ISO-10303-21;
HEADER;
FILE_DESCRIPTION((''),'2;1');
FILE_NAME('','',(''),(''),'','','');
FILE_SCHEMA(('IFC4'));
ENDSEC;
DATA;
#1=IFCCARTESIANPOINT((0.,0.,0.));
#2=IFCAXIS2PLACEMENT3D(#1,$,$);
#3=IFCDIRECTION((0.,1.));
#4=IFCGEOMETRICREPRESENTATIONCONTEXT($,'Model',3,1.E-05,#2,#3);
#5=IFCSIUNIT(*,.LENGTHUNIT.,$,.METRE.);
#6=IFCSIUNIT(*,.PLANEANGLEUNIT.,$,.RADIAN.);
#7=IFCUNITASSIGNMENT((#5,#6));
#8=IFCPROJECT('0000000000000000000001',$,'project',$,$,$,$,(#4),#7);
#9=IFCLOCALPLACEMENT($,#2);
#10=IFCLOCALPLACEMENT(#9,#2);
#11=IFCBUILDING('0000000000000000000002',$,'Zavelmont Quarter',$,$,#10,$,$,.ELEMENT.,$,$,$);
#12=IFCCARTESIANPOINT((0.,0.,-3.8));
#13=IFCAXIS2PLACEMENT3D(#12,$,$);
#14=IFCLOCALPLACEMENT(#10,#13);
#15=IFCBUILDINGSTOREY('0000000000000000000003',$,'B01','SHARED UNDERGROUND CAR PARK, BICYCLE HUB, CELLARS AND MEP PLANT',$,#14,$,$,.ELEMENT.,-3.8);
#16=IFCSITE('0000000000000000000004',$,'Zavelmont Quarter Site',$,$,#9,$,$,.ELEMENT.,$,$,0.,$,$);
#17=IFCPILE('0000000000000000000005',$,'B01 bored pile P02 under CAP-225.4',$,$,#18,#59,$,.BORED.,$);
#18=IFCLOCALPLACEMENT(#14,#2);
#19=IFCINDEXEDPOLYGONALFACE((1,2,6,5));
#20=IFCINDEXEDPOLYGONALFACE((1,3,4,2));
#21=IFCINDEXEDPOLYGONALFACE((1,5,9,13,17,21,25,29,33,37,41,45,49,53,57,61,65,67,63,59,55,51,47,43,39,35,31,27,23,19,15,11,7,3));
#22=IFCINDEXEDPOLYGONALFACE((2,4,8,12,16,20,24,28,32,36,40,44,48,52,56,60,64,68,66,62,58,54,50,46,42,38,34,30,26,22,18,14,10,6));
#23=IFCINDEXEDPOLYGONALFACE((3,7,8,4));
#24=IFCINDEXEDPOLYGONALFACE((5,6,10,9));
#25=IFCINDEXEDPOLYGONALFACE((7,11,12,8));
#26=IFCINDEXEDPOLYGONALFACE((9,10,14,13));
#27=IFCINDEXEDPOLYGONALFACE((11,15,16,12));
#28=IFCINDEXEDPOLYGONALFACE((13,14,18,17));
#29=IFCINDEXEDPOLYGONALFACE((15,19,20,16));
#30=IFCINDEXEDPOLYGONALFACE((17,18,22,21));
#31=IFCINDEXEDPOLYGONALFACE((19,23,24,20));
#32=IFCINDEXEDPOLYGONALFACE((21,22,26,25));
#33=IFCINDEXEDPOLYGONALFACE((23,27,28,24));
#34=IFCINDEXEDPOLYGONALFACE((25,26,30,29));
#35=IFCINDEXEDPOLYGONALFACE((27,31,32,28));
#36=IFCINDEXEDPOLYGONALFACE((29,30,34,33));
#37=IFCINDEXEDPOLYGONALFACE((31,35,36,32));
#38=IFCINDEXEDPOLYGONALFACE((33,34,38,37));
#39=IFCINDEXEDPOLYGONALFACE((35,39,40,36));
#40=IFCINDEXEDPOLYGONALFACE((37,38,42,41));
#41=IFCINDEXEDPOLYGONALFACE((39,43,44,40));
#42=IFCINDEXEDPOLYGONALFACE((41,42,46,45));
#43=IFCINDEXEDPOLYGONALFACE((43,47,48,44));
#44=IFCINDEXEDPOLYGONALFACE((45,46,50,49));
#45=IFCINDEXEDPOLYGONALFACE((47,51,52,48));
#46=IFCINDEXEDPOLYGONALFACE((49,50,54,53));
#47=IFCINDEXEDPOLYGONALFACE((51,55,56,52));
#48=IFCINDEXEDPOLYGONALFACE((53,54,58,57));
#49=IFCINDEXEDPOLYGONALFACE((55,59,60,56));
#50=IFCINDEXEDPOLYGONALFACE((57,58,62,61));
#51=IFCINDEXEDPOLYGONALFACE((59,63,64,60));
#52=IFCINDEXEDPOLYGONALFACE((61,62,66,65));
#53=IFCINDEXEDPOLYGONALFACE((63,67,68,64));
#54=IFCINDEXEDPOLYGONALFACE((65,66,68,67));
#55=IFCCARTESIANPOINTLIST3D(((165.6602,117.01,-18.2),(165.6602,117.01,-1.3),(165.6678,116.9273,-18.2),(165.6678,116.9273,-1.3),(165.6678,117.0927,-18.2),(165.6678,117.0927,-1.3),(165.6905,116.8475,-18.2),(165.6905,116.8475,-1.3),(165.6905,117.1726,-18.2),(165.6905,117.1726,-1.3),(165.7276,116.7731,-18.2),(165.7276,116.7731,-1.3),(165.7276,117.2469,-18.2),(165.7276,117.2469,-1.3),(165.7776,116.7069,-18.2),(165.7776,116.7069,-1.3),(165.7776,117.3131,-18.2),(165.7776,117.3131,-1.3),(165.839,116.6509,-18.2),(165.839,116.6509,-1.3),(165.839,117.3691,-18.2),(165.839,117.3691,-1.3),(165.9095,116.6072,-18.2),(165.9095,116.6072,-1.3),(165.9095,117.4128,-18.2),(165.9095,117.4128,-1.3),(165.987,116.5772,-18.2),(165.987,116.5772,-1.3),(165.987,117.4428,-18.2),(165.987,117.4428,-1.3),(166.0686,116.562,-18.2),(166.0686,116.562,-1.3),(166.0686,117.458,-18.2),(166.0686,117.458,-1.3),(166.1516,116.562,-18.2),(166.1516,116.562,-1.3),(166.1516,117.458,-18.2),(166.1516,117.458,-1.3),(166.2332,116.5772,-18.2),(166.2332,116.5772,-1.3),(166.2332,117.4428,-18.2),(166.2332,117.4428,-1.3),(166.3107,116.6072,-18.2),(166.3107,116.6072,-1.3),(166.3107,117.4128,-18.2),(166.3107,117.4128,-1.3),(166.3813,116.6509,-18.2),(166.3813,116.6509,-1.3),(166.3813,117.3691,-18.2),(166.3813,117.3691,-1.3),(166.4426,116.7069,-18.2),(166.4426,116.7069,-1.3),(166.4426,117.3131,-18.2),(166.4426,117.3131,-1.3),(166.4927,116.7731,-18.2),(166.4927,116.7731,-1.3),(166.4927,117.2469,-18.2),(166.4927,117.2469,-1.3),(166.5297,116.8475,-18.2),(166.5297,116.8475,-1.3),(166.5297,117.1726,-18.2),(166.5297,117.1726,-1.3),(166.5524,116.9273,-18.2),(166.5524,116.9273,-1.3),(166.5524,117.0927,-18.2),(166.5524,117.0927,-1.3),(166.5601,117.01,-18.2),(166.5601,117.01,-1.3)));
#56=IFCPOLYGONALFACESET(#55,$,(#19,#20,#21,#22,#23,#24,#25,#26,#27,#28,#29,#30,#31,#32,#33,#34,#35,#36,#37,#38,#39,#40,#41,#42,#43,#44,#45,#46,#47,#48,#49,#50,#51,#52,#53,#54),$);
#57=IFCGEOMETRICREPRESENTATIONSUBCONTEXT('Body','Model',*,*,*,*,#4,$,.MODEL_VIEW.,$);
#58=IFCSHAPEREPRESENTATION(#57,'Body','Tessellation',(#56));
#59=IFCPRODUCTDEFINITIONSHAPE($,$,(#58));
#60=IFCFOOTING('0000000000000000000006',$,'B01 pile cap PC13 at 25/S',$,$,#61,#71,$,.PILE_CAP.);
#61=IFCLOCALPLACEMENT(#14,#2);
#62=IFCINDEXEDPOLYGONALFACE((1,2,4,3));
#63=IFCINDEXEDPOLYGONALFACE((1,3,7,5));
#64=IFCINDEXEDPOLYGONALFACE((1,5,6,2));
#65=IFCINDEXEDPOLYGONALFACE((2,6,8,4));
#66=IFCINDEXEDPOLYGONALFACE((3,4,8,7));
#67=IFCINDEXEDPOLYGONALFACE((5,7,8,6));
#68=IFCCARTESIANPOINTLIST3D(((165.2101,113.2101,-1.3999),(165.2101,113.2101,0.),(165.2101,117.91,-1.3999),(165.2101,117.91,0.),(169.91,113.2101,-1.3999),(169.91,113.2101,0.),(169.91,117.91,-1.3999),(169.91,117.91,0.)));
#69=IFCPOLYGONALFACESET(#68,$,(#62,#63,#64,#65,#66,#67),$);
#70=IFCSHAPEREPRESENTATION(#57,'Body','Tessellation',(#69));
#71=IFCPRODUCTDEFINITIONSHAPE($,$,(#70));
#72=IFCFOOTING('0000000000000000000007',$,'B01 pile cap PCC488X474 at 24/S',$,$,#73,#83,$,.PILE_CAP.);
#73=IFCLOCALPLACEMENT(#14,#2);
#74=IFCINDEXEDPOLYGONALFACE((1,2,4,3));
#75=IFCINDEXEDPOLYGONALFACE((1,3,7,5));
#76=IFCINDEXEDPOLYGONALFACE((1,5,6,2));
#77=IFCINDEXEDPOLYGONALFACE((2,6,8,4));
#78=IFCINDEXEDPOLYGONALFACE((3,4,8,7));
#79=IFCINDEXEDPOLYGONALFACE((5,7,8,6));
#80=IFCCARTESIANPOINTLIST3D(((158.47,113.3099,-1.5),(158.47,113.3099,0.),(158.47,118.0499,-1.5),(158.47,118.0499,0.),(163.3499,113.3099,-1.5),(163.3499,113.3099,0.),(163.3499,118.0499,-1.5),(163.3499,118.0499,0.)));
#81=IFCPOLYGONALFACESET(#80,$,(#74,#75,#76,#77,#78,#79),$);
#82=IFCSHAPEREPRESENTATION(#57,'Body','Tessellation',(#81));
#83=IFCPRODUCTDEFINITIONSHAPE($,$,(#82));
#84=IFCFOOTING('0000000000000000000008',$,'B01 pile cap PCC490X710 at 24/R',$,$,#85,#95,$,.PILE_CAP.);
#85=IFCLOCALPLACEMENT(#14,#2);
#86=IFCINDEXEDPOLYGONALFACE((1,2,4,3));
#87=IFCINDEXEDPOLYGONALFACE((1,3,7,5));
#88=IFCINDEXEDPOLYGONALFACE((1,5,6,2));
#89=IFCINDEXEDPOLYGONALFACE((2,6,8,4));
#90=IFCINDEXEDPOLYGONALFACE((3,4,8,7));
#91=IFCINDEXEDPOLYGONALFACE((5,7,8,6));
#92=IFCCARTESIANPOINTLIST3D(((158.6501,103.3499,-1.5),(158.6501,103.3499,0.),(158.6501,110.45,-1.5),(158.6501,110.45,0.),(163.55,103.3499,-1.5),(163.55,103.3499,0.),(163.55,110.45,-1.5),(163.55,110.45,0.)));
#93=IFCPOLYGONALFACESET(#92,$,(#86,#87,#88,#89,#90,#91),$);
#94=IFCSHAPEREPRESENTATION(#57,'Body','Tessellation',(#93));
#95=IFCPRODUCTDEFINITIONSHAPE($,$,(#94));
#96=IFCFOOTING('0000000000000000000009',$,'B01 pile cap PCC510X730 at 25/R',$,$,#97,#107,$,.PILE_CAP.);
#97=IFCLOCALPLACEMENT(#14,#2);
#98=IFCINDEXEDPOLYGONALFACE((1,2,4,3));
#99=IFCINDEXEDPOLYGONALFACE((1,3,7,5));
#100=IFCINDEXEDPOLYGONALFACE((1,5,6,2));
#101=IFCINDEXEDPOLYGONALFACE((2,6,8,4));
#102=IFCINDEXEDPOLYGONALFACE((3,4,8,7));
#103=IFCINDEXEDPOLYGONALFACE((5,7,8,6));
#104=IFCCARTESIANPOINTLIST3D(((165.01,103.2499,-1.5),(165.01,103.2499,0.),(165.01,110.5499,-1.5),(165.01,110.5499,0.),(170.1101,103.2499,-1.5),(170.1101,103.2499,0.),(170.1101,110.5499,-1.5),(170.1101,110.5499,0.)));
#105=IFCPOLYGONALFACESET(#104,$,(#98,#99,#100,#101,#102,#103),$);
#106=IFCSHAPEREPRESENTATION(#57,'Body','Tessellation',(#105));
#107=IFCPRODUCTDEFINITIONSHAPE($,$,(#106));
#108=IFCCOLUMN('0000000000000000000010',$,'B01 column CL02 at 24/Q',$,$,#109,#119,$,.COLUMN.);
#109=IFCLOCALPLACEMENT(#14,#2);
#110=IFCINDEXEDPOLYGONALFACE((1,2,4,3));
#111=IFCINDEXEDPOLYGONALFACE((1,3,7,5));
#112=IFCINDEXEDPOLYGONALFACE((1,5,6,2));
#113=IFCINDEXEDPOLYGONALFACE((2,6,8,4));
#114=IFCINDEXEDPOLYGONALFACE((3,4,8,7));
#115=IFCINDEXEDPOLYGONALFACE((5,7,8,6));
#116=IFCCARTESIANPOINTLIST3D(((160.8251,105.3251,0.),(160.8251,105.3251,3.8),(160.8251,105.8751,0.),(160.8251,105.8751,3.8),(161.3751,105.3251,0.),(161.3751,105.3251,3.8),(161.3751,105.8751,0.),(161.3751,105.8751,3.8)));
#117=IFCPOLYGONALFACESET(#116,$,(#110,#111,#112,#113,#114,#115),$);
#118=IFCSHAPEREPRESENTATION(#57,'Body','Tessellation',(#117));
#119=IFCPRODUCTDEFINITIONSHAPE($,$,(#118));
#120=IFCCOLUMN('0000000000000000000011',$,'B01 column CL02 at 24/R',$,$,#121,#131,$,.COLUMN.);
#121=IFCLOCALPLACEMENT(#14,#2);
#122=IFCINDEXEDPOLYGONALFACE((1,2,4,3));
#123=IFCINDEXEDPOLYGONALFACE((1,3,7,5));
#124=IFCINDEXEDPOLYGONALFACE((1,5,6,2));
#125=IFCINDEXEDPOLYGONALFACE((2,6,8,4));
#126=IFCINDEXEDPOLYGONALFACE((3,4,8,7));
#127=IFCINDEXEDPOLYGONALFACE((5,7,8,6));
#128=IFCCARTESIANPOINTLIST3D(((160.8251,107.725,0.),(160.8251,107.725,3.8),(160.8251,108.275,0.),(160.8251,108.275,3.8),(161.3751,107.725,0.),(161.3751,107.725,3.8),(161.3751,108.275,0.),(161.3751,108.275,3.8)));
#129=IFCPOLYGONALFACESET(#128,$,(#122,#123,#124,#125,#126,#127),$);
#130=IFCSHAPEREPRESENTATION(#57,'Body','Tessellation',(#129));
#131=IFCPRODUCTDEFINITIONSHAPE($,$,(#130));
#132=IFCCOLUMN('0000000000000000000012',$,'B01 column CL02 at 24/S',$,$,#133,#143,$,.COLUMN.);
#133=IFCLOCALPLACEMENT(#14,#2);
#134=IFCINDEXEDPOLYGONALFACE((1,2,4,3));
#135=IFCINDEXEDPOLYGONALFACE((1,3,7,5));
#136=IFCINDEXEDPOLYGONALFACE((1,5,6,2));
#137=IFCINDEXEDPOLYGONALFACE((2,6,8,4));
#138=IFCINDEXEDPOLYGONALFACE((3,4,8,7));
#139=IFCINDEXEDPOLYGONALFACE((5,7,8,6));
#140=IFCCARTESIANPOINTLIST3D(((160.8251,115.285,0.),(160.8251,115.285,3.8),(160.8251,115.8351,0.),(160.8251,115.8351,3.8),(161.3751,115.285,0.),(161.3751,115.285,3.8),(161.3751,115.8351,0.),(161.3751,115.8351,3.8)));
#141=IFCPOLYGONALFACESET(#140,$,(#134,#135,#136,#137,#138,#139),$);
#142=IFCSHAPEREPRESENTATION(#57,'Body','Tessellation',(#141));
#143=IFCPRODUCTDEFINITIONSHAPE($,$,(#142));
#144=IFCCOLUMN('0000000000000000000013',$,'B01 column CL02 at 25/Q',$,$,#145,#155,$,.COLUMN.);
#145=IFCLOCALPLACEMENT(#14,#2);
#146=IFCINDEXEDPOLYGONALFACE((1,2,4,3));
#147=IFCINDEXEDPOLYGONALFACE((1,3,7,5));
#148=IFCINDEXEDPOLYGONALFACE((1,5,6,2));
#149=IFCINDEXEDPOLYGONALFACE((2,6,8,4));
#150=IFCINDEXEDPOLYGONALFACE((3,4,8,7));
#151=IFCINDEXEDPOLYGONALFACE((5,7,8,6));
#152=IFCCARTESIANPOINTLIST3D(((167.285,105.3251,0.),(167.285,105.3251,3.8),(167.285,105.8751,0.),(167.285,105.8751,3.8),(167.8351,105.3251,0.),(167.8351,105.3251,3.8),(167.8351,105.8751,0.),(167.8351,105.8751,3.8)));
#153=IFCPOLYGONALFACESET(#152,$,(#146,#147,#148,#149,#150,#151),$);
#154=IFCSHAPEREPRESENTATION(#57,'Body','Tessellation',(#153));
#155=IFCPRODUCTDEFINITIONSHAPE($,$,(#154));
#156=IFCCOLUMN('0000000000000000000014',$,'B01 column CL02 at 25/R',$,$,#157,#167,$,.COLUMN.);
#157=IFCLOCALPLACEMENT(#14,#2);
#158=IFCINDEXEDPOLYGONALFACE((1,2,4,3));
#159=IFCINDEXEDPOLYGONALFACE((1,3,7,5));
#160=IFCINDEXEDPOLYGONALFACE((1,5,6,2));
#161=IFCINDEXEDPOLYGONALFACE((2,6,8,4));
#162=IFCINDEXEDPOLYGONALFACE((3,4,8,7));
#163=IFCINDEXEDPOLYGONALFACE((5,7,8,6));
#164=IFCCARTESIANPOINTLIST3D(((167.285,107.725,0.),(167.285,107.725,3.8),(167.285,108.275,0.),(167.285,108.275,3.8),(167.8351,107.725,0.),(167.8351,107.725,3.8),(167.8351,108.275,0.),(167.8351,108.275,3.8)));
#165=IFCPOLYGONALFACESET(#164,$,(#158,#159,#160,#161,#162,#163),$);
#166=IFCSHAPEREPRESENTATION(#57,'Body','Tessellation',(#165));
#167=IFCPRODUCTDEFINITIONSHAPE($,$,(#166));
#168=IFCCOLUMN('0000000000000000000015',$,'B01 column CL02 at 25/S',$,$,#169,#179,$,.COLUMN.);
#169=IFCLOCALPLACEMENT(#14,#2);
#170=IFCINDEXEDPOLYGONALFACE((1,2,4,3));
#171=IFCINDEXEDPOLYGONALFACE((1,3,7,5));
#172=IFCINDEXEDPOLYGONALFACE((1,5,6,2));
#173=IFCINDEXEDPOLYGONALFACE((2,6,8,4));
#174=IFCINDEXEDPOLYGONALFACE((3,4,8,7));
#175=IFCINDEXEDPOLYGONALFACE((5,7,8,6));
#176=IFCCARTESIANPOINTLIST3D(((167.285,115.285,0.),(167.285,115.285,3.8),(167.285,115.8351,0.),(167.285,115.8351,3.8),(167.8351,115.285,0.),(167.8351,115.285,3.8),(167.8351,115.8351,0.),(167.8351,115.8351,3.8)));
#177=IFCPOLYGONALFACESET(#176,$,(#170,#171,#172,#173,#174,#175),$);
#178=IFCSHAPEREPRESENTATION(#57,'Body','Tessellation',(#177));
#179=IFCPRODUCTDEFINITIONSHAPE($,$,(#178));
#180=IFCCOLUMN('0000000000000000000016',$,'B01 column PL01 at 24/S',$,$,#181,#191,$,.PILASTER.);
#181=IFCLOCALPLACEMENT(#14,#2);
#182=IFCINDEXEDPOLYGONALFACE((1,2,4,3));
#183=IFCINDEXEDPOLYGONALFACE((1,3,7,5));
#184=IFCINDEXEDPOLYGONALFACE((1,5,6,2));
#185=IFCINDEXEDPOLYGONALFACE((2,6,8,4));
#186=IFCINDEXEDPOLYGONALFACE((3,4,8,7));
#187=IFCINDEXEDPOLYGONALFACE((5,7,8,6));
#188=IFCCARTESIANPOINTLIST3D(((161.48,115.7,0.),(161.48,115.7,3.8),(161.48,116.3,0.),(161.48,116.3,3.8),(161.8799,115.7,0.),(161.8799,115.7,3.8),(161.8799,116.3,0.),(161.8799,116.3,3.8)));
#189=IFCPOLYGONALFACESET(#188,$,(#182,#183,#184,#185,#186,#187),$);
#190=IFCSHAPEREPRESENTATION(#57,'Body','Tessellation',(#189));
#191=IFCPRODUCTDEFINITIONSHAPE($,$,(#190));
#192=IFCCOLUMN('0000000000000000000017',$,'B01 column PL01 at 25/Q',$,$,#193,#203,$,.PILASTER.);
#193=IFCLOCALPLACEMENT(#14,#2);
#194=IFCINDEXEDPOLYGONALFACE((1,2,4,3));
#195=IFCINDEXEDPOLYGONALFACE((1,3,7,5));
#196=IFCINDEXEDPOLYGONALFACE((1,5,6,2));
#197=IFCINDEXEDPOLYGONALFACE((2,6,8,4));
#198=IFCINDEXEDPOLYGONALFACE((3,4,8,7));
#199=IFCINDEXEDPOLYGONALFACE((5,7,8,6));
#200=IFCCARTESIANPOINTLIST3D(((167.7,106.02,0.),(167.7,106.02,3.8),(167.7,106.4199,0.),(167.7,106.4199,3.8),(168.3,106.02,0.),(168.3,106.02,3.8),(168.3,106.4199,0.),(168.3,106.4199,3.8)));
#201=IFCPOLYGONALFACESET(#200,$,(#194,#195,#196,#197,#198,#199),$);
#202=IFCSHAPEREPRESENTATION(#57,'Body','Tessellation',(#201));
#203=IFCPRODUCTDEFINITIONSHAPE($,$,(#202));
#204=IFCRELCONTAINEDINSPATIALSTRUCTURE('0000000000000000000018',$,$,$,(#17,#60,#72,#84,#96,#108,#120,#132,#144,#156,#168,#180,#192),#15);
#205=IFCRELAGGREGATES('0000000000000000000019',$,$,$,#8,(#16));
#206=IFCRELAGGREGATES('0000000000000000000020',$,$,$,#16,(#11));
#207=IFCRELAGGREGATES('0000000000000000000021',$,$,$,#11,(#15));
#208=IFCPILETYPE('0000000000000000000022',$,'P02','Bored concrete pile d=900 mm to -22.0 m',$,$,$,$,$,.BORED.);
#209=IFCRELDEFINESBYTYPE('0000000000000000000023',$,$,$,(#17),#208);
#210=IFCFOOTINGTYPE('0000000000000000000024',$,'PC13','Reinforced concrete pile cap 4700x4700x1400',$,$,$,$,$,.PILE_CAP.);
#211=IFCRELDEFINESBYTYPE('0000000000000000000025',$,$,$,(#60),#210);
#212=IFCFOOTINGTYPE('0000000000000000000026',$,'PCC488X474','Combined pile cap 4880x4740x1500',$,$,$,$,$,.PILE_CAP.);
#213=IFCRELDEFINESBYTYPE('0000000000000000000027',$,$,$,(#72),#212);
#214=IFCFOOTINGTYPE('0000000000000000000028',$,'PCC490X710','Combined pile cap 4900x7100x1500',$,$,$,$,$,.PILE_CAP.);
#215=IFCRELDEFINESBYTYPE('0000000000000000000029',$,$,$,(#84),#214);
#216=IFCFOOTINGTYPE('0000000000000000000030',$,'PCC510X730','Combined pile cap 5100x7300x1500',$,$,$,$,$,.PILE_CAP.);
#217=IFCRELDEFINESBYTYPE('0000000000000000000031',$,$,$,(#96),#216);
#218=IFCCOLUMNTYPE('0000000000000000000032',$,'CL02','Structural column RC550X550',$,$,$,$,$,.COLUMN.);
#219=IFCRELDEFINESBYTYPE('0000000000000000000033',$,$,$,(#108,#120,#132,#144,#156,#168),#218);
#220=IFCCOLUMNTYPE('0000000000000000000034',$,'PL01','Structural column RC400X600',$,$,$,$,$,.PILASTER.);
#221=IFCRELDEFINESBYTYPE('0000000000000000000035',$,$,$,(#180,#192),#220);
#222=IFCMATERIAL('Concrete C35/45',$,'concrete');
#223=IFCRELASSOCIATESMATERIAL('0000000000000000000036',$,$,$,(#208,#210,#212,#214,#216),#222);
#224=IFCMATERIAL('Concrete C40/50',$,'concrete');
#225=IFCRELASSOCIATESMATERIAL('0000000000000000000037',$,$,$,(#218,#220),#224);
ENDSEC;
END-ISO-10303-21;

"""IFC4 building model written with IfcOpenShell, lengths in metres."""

from ifc_helpers import new_model, si_unit, direction, frame, origin, origin_2d, place, context, subcontext, project, spatial, rectangle, circle, extrude, material, material_profile, profile_set, type_object, element, save


model = new_model("IFC4")

# Units and contexts
model_context = context("Model", 3, precision=1e-05, world=origin(), true_north=direction((0.0, 1.0)))
body_context = subcontext(model_context, "Body", "Model", "MODEL_VIEW")
ifc_project = project(units=[si_unit("LENGTHUNIT", "METRE"), si_unit("PLANEANGLEUNIT", "RADIAN")], contexts=[model_context])

# Site, building, storey
site_placement = place(None, origin())
site = spatial("IfcSite", under=ifc_project, at=site_placement, Name="Zavelmont Quarter Site", CompositionType="ELEMENT", RefElevation=0.0)
building_placement = place(site_placement, origin())
building = spatial("IfcBuilding", under=site, at=building_placement, Name="Zavelmont Quarter", CompositionType="ELEMENT")
storey_placement = place(building_placement, frame((0.0, 0.0, -3.8)))
storey = spatial("IfcBuildingStorey", under=building, at=storey_placement, Name="B01", Description="SHARED UNDERGROUND CAR PARK, BICYCLE HUB, CELLARS AND MEP PLANT", CompositionType="ELEMENT", Elevation=-3.8)

# Shared definitions
ifc_material_1 = material(Name="Concrete C35/45", Category="concrete")

# Pile
ifc_material_profile_1 = material_profile(ifc_material_1, circle(Radius=0.45, at=origin_2d()), Name="BP900")
ifc_profile_set_1 = profile_set([ifc_material_profile_1], Name="Concrete C35/45")
pile_type_1 = type_object("IfcPileType", Name="P02", Description="Bored concrete pile d=900 mm to -22.0 m", PredefinedType="BORED", material=ifc_profile_set_1)
for number, where, z_axis, x_axis, name in (
    (1, (166.1101, 117.01, -1.3), (0.0, 0.0, -1.0), (1.0, 0.0, 0.0), "B01 bored pile P02 under CAP-225.4"),
):
    element("IfcPile", number, at=place(storey_placement, frame(where, z_axis=z_axis, x_axis=x_axis)), inside=storey, type_object=pile_type_1, Name=name, PredefinedType="BORED", context=body_context, shape_type="SweptSolid", body=[
        extrude(circle(Radius=0.45, at=origin_2d()), origin(), (0.0, 0.0, 1.0), 16.8999),
    ])

# Footings
footing_type_1 = type_object("IfcFootingType", Name="PC13", Description="Reinforced concrete pile cap 4700x4700x1400", PredefinedType="PILE_CAP", material=ifc_material_1)
footing_1_placement = place(storey_placement, frame((167.5601, 115.5601, -1.3999), z_axis=(0.0, 0.0, 1.0), x_axis=(1.0, 0.0, 0.0)))
element("IfcFooting", 2, at=footing_1_placement, inside=storey, type_object=footing_type_1, Name="B01 pile cap PC13 at 25/S", PredefinedType="PILE_CAP", context=body_context, shape_type="SweptSolid", body=[
    extrude(rectangle(XDim=4.7, YDim=4.7, at=origin_2d()), origin(), (0.0, 0.0, 1.0), 1.3999),
])
footing_type_2 = type_object("IfcFootingType", Name="PCC488X474", Description="Combined pile cap 4880x4740x1500", PredefinedType="PILE_CAP", material=ifc_material_1)
footing_2_placement = place(storey_placement, frame((160.9099, 115.6799, -1.5), z_axis=(0.0, 0.0, 1.0), x_axis=(1.0, 0.0, 0.0)))
element("IfcFooting", 3, at=footing_2_placement, inside=storey, type_object=footing_type_2, Name="B01 pile cap PCC488X474 at 24/S", PredefinedType="PILE_CAP", context=body_context, shape_type="SweptSolid", body=[
    extrude(rectangle(XDim=4.8799, YDim=4.74, at=origin_2d()), origin(), (0.0, 0.0, 1.0), 1.5),
])
footing_type_3 = type_object("IfcFootingType", Name="PCC490X710", Description="Combined pile cap 4900x7100x1500", PredefinedType="PILE_CAP", material=ifc_material_1)
footing_3_placement = place(storey_placement, frame((161.1001, 106.8999, -1.5), z_axis=(0.0, 0.0, 1.0), x_axis=(1.0, 0.0, 0.0)))
element("IfcFooting", 4, at=footing_3_placement, inside=storey, type_object=footing_type_3, Name="B01 pile cap PCC490X710 at 24/R", PredefinedType="PILE_CAP", context=body_context, shape_type="SweptSolid", body=[
    extrude(rectangle(XDim=4.8999, YDim=7.1001, at=origin_2d()), origin(), (0.0, 0.0, 1.0), 1.5),
])
footing_type_4 = type_object("IfcFootingType", Name="PCC510X730", Description="Combined pile cap 5100x7300x1500", PredefinedType="PILE_CAP", material=ifc_material_1)
footing_4_placement = place(storey_placement, frame((167.5601, 106.8999, -1.5), z_axis=(0.0, 0.0, 1.0), x_axis=(1.0, 0.0, 0.0)))
element("IfcFooting", 5, at=footing_4_placement, inside=storey, type_object=footing_type_4, Name="B01 pile cap PCC510X730 at 25/R", PredefinedType="PILE_CAP", context=body_context, shape_type="SweptSolid", body=[
    extrude(rectangle(XDim=5.1001, YDim=7.3, at=origin_2d()), origin(), (0.0, 0.0, 1.0), 1.5),
])

# Columns
ifc_material_2 = material(Name="Concrete C40/50", Category="concrete")
ifc_material_profile_2 = material_profile(ifc_material_2, rectangle(XDim=0.55, YDim=0.55, at=origin_2d()), Name="RC550X550")
ifc_profile_set_2 = profile_set([ifc_material_profile_2], Name="Concrete C40/50")
column_type_1 = type_object("IfcColumnType", Name="CL02", Description="Structural column RC550X550", PredefinedType="COLUMN", material=ifc_profile_set_2)
for number, where, z_axis, x_axis, name in (
    (6, (161.1001, 105.6001, 0.0), (0.0, 0.0, 1.0), (1.0, 0.0, 0.0), "B01 column CL02 at 24/Q"),
    (7, (161.1001, 108.0, 0.0), (0.0, 0.0, 1.0), (1.0, 0.0, 0.0), "B01 column CL02 at 24/R"),
    (8, (161.1001, 115.5601, 0.0), (0.0, 0.0, 1.0), (1.0, 0.0, 0.0), "B01 column CL02 at 24/S"),
    (9, (167.5601, 105.6001, 0.0), (0.0, 0.0, 1.0), (1.0, 0.0, 0.0), "B01 column CL02 at 25/Q"),
    (10, (167.5601, 108.0, 0.0), (0.0, 0.0, 1.0), (1.0, 0.0, 0.0), "B01 column CL02 at 25/R"),
    (11, (167.5601, 115.5601, 0.0), (0.0, 0.0, 1.0), (1.0, 0.0, 0.0), "B01 column CL02 at 25/S"),
):
    element("IfcColumn", number, at=place(storey_placement, frame(where, z_axis=z_axis, x_axis=x_axis)), inside=storey, type_object=column_type_1, Name=name, PredefinedType="COLUMN", context=body_context, shape_type="SweptSolid", body=[
        extrude(rectangle(XDim=0.55, YDim=0.55, at=origin_2d()), origin(), (0.0, 0.0, 1.0), 3.8),
    ])
ifc_material_profile_3 = material_profile(ifc_material_2, rectangle(XDim=0.3999, YDim=0.6001, at=origin_2d()), Name="RC400X600")
ifc_profile_set_3 = profile_set([ifc_material_profile_3], Name="Concrete C40/50")
column_type_2 = type_object("IfcColumnType", Name="PL01", Description="Structural column RC400X600", PredefinedType="PILASTER", material=ifc_profile_set_3)
for number, where, z_axis, x_axis, name in (
    (12, (161.6799, 116.0, 0.0), (0.0, 0.0, 1.0), (1.0, 0.0, 0.0), "B01 column PL01 at 24/S"),
    (13, (168.0, 106.22, 0.0), (0.0, 0.0, 1.0), (0.0, 1.0, 0.0), "B01 column PL01 at 25/Q"),
):
    element("IfcColumn", number, at=place(storey_placement, frame(where, z_axis=z_axis, x_axis=x_axis)), inside=storey, type_object=column_type_2, Name=name, PredefinedType="PILASTER", context=body_context, shape_type="SweptSolid", body=[
        extrude(rectangle(XDim=0.3999, YDim=0.6001, at=origin_2d()), origin(), (0.0, 0.0, 1.0), 3.8),
    ])

save(model, "model.ifc")
